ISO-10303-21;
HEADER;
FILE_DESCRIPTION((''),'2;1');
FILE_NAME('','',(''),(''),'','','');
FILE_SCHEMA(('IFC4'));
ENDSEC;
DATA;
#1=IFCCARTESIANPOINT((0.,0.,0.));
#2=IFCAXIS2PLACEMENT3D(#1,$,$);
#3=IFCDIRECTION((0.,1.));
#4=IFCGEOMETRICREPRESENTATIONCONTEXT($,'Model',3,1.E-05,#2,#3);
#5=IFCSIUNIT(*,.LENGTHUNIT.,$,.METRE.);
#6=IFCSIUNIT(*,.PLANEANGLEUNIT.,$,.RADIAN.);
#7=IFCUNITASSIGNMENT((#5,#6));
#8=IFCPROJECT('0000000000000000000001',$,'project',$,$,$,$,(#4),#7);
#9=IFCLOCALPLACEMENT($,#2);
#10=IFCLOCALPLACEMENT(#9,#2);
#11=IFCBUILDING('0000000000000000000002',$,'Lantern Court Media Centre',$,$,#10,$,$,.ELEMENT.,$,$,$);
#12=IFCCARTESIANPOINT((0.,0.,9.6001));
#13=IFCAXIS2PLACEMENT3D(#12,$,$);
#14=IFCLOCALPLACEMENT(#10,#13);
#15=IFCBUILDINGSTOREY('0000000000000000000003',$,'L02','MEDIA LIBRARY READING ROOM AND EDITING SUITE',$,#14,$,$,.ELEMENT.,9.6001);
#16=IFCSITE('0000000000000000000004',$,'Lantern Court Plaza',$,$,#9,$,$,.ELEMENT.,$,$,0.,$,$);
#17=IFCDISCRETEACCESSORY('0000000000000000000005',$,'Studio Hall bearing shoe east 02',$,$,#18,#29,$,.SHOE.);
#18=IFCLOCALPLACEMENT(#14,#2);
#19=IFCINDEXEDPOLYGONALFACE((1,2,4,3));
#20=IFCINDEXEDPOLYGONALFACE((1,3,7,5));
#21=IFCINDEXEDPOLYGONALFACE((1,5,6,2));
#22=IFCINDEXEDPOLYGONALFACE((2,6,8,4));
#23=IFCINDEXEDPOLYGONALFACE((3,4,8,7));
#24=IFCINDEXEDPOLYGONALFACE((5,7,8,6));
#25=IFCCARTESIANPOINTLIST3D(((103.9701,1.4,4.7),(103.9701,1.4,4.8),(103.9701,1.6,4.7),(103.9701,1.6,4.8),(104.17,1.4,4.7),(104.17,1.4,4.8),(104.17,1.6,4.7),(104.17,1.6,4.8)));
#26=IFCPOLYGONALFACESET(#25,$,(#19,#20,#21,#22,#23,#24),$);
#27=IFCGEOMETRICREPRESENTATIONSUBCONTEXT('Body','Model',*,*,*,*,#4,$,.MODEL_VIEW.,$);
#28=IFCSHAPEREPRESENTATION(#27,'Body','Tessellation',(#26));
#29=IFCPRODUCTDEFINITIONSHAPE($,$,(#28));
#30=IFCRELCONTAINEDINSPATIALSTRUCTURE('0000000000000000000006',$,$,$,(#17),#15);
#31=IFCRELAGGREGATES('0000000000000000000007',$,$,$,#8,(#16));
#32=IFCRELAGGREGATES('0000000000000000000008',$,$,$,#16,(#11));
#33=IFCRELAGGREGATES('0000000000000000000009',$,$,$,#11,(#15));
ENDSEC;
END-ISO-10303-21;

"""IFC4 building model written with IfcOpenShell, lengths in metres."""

from ifc_helpers import new_model, si_unit, direction, frame, origin, origin_2d, place, context, subcontext, project, spatial, rectangle, extrude, element, save


model = new_model("IFC4")

# Units and contexts
model_context = context("Model", 3, precision=1e-05, world=origin(), true_north=direction((0.0, 1.0)))
body_context = subcontext(model_context, "Body", "Model", "MODEL_VIEW")
ifc_project = project(units=[si_unit("LENGTHUNIT", "METRE"), si_unit("PLANEANGLEUNIT", "RADIAN")], contexts=[model_context])

# Site, building, storey
site_placement = place(None, origin())
site = spatial("IfcSite", under=ifc_project, at=site_placement, Name="Lantern Court Plaza", CompositionType="ELEMENT", RefElevation=0.0)
building_placement = place(site_placement, origin())
building = spatial("IfcBuilding", under=site, at=building_placement, Name="Lantern Court Media Centre", CompositionType="ELEMENT")
storey_placement = place(building_placement, frame((0.0, 0.0, 9.6001)))
storey = spatial("IfcBuildingStorey", under=building, at=storey_placement, Name="L02", Description="MEDIA LIBRARY READING ROOM AND EDITING SUITE", CompositionType="ELEMENT", Elevation=9.6001)

# Discrete accessory
for number, where, z_axis, x_axis, name in (
    (1, (104.0701, 1.5, 4.7), (0.0, 0.0, 1.0), (1.0, 0.0, 0.0), "Studio Hall bearing shoe east 02"),
):
    element("IfcDiscreteAccessory", number, at=place(storey_placement, frame(where, z_axis=z_axis, x_axis=x_axis)), inside=storey, Name=name, PredefinedType="SHOE", context=body_context, shape_type="SweptSolid", body=[
        extrude(rectangle(XDim=0.2, YDim=0.2, at=origin_2d()), origin(), (0.0, 0.0, 1.0), 0.1001),
    ])

save(model, "model.ifc")
